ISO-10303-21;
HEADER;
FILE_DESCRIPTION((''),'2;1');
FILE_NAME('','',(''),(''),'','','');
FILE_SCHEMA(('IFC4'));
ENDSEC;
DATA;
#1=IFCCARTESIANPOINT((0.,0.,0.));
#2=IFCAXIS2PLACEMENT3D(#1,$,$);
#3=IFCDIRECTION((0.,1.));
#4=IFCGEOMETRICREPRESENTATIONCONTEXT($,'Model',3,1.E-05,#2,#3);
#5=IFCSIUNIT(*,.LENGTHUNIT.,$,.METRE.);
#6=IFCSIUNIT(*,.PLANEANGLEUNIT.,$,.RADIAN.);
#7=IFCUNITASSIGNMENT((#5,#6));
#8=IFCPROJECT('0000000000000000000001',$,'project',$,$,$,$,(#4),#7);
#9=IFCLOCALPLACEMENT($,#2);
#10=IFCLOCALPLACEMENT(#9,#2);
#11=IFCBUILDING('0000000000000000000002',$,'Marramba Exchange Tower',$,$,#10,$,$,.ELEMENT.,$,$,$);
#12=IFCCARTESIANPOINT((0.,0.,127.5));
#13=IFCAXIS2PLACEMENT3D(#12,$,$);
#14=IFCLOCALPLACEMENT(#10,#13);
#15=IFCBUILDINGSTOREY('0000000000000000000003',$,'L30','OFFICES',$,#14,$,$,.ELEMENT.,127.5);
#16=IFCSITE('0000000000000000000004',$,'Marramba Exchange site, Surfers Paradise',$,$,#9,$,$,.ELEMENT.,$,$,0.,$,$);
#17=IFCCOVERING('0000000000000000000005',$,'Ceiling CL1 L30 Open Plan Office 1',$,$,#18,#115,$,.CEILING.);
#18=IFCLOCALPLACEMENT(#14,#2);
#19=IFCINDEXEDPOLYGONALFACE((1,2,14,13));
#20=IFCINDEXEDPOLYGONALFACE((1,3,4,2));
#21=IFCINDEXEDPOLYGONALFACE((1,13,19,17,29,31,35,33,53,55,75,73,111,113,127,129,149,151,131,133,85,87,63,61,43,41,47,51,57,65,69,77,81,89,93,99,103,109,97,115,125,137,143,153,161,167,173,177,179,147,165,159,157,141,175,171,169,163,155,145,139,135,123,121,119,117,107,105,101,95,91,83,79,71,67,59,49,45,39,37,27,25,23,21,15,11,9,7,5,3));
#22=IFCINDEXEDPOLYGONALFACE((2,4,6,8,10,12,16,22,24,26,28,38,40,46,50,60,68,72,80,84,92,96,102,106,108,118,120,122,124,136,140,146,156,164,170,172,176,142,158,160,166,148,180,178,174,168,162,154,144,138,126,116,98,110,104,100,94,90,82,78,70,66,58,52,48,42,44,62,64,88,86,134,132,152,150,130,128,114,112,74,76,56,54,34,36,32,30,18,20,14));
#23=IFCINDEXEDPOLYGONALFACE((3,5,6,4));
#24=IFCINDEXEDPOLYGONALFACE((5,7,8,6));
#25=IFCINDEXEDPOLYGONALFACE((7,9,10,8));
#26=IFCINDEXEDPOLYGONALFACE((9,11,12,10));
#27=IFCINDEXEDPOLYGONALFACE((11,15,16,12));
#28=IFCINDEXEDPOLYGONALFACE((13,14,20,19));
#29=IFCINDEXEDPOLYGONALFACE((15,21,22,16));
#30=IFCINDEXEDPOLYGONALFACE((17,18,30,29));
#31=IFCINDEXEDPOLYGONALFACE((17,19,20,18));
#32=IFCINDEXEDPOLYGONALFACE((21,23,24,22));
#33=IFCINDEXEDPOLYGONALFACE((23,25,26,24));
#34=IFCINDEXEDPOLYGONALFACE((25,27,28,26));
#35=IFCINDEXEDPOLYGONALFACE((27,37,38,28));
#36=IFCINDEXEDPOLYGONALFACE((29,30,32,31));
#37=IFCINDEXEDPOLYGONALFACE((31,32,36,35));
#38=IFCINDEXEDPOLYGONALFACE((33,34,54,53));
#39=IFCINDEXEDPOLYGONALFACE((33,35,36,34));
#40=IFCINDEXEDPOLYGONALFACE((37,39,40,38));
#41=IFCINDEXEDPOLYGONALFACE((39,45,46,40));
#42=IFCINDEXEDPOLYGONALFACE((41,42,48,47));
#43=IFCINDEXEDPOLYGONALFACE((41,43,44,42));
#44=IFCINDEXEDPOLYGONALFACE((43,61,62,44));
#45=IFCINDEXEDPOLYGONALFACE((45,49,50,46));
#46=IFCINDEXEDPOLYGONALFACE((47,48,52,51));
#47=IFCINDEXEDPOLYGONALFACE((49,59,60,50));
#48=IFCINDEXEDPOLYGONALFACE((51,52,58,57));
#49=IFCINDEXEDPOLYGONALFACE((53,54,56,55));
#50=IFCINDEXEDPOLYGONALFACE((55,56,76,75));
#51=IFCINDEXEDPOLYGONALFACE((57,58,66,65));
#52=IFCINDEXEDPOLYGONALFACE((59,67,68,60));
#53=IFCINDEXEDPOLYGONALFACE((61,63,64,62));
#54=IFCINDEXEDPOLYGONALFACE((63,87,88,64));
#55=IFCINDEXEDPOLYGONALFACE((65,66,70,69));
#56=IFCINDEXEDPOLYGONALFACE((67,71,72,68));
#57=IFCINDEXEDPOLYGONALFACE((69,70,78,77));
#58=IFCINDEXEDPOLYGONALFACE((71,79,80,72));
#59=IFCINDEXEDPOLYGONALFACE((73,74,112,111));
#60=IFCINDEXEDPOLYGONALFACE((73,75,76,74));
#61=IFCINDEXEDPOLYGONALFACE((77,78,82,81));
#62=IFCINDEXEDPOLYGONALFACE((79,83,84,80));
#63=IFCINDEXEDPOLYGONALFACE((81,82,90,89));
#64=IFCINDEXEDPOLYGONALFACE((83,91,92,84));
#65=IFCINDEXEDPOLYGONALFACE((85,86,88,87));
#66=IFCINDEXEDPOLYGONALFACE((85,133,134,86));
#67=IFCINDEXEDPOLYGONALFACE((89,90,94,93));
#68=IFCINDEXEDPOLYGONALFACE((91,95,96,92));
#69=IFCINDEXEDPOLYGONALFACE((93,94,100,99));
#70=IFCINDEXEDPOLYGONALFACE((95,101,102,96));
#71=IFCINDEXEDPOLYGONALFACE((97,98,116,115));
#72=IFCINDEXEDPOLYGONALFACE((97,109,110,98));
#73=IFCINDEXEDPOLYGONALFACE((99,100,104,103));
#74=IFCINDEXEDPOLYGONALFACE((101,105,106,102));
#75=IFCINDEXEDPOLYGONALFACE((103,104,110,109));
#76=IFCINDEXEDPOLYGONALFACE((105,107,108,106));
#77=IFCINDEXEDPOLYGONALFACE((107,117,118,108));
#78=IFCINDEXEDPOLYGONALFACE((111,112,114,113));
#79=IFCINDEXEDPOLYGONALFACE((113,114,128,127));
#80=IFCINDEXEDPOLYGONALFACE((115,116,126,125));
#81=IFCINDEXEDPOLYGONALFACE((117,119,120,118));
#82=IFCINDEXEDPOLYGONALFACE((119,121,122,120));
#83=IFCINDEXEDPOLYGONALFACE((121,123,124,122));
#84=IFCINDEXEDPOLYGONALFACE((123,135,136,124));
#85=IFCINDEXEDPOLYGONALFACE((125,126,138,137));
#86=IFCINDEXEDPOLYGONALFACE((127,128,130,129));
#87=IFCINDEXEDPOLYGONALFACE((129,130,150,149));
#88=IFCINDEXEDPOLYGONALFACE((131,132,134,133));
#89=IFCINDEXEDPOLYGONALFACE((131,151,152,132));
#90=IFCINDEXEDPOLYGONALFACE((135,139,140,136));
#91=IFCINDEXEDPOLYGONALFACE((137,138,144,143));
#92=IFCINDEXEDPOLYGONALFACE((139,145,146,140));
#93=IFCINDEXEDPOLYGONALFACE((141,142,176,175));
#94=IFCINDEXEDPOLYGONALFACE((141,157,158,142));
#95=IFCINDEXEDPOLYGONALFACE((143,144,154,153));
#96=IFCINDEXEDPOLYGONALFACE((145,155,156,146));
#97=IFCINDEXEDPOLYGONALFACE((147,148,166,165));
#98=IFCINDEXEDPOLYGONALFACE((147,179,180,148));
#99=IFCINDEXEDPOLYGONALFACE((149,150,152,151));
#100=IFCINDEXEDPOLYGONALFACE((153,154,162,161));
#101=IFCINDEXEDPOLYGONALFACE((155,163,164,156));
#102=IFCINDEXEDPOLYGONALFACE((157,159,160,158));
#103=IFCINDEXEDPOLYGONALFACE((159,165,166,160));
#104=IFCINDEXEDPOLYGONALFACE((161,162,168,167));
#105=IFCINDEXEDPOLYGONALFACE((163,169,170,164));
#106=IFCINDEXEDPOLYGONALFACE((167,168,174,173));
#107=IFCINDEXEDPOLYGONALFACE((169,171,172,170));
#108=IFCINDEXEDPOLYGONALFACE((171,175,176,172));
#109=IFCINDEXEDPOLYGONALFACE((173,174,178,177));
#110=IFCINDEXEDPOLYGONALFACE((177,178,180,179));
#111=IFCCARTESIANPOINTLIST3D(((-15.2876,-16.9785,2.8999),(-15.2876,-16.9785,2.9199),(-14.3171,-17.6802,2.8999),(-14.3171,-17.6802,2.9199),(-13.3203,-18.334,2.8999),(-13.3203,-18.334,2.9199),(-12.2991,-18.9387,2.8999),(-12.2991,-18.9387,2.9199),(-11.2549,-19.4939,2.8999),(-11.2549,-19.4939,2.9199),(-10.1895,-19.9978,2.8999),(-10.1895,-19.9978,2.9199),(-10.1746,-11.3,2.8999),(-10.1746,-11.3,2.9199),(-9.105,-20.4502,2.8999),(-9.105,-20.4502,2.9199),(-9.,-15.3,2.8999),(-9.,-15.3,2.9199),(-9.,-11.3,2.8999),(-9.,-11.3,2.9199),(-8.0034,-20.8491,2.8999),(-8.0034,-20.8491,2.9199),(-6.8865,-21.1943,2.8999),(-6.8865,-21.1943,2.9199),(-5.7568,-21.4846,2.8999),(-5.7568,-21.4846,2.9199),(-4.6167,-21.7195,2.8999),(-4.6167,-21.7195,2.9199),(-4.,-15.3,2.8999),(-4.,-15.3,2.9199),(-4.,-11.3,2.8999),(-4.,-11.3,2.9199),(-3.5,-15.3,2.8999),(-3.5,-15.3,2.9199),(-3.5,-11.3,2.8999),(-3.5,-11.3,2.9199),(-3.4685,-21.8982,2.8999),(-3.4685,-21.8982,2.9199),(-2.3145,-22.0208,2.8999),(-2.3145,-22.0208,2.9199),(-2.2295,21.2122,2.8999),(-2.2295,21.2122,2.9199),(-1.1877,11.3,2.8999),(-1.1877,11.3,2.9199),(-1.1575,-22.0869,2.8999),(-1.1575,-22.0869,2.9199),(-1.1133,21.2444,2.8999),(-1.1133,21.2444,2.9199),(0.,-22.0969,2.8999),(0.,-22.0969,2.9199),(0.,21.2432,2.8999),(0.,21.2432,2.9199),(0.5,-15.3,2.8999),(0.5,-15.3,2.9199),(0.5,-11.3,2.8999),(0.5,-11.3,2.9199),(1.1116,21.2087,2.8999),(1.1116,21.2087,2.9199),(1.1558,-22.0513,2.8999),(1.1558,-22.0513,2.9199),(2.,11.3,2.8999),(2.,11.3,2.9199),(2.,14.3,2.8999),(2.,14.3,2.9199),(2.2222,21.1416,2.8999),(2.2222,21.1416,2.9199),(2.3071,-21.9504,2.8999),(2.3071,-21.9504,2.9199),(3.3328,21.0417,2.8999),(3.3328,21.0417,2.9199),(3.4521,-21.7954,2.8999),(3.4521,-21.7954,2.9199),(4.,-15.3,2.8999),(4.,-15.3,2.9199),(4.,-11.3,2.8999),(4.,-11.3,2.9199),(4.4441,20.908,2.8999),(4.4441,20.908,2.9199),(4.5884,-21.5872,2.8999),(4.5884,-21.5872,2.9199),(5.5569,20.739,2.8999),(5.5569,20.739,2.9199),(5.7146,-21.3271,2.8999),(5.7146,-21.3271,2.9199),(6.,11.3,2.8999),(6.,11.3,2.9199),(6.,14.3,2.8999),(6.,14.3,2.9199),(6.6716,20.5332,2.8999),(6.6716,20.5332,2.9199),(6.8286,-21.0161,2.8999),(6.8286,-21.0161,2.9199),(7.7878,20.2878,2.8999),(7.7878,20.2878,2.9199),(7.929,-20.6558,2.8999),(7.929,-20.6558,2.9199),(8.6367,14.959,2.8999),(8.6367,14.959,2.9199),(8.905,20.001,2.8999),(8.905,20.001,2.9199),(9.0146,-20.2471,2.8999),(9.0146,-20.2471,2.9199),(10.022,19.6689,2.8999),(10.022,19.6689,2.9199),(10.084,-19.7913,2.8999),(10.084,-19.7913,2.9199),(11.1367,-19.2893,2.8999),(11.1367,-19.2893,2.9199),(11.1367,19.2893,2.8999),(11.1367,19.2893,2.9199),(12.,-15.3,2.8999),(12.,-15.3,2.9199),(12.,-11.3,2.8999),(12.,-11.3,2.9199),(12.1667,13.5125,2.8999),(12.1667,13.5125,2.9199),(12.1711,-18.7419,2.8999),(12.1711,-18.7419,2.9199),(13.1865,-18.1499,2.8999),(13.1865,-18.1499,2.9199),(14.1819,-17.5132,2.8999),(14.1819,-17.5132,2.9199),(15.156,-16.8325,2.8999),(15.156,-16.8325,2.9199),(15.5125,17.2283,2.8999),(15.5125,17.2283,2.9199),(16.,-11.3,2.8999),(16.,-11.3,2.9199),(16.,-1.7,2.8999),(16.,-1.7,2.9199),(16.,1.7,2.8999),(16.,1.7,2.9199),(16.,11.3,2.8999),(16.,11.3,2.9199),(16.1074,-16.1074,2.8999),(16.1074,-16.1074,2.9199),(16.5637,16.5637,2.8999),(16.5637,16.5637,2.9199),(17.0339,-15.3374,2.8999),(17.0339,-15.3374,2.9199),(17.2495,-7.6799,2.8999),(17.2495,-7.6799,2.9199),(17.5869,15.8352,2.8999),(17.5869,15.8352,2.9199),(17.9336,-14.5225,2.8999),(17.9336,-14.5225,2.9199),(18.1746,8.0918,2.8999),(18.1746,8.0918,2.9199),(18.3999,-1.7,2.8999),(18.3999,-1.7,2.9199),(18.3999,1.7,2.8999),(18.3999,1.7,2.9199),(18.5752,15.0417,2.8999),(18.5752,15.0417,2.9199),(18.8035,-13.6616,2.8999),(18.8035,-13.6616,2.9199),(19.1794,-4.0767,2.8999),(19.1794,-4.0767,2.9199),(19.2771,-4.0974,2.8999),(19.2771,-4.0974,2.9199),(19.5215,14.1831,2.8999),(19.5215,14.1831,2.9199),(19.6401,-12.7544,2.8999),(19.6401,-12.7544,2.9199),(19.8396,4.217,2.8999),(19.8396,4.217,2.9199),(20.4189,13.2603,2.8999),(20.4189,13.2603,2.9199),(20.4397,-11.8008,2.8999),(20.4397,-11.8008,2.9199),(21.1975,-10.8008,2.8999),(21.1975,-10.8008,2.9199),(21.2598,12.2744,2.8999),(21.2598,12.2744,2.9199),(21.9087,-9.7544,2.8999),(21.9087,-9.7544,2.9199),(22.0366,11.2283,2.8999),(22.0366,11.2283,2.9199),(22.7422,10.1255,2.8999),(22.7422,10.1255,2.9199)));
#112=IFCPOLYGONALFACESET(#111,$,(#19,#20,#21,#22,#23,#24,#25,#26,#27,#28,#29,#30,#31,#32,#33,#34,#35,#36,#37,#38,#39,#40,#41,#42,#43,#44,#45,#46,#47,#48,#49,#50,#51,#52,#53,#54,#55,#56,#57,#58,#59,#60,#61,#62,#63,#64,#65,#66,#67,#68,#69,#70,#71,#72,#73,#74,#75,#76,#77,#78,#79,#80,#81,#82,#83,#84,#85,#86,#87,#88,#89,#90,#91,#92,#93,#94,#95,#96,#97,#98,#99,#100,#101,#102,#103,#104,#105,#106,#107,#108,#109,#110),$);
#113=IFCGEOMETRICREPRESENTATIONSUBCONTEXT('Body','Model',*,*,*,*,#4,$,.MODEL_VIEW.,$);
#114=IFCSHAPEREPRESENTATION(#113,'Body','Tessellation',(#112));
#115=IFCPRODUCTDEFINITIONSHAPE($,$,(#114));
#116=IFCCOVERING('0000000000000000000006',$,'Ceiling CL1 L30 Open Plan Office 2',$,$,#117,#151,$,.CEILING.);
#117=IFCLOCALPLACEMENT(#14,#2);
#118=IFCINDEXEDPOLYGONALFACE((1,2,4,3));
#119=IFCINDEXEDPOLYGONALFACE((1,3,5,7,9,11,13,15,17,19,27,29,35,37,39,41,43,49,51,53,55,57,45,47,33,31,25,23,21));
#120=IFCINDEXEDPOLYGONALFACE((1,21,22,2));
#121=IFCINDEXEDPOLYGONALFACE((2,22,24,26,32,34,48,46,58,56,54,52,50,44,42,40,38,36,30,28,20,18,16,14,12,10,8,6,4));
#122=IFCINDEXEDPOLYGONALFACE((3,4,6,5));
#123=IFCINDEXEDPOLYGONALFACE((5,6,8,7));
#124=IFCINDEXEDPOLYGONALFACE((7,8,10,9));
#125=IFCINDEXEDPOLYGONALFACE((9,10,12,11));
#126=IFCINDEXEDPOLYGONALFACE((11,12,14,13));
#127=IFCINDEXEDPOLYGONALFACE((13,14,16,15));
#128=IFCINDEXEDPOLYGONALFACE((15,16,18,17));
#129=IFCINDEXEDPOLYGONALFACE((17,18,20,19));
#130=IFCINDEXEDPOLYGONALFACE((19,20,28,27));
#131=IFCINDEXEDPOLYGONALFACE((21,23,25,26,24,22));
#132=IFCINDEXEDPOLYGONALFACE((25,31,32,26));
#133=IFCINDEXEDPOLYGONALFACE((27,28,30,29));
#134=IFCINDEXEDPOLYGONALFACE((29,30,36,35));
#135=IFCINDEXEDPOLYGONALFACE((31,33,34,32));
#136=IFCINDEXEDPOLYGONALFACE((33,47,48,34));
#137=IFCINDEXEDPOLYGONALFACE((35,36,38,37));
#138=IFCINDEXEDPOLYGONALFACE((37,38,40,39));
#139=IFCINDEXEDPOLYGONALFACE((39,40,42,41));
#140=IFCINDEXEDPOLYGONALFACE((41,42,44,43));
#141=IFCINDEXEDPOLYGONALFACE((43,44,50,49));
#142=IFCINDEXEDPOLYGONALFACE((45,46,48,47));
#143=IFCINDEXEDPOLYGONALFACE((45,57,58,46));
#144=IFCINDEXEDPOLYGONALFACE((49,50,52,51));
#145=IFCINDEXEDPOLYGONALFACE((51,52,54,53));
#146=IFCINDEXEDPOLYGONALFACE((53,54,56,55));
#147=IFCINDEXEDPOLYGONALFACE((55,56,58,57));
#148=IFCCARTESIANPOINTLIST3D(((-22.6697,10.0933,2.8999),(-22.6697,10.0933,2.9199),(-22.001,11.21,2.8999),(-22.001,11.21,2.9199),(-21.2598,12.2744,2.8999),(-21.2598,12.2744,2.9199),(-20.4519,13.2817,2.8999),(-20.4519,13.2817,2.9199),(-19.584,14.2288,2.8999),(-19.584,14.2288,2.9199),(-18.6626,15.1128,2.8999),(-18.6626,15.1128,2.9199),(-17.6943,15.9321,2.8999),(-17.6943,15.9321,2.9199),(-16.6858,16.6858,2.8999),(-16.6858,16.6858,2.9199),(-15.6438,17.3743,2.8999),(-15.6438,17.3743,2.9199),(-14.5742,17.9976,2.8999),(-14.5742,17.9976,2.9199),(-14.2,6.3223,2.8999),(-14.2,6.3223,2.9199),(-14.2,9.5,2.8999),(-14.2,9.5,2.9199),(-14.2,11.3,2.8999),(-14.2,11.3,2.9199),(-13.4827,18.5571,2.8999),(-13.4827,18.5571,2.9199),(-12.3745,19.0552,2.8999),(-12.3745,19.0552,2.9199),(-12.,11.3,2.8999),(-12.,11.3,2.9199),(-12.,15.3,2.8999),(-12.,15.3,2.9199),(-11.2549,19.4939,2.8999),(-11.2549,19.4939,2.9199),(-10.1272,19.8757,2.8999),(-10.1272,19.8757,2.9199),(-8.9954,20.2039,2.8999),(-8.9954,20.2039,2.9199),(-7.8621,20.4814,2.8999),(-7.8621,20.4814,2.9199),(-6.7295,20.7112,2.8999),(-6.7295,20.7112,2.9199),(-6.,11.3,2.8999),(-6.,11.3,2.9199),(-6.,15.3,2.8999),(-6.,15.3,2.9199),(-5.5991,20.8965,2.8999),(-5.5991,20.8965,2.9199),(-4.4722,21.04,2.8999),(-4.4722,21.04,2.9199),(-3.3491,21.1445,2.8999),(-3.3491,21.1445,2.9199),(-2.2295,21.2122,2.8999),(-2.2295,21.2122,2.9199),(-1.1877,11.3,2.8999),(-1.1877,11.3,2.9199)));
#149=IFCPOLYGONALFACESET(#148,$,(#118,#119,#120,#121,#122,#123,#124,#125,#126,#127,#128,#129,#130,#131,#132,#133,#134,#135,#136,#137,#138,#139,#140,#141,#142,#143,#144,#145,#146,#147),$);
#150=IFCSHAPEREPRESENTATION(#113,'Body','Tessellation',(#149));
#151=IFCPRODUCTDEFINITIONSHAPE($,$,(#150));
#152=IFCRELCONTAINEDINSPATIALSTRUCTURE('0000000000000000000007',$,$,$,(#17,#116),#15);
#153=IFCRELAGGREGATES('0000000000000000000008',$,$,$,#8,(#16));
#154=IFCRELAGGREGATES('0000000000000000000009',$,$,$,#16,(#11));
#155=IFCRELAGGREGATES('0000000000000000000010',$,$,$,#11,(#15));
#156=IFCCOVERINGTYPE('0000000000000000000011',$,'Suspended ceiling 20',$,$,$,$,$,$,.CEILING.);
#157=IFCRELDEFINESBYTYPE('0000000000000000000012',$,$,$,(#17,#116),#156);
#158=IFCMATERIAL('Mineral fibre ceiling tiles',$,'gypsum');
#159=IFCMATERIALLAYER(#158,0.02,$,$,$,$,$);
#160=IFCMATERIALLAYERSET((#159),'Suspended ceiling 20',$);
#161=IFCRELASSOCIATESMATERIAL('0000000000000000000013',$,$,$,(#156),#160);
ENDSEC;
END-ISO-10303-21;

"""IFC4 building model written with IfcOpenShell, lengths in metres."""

from ifc_helpers import new_model, si_unit, direction, frame, origin, place, context, subcontext, project, spatial, polyline, outline, extrude, material, layer, layer_set, type_object, element, save


model = new_model("IFC4")

# Units and contexts
model_context = context("Model", 3, precision=1e-05, world=origin(), true_north=direction((0.0, 1.0)))
body_context = subcontext(model_context, "Body", "Model", "MODEL_VIEW")
ifc_project = project(units=[si_unit("LENGTHUNIT", "METRE"), si_unit("PLANEANGLEUNIT", "RADIAN")], contexts=[model_context])

# Site, building, storey
site_placement = place(None, origin())
site = spatial("IfcSite", under=ifc_project, at=site_placement, Name="Marramba Exchange site, Surfers Paradise", CompositionType="ELEMENT", RefElevation=0.0)
building_placement = place(site_placement, origin())
building = spatial("IfcBuilding", under=site, at=building_placement, Name="Marramba Exchange Tower", CompositionType="ELEMENT")
storey_placement = place(building_placement, frame((0.0, 0.0, 127.5)))
storey = spatial("IfcBuildingStorey", under=building, at=storey_placement, Name="L30", Description="OFFICES", CompositionType="ELEMENT", Elevation=127.5)

# Coverings
ifc_material_1 = material(Name="Mineral fibre ceiling tiles", Category="gypsum")
ifc_layer_1 = layer(ifc_material_1, 0.02)
ifc_layer_set_1 = layer_set([ifc_layer_1], Name="Suspended ceiling 20")
covering_type = type_object("IfcCoveringType", Name="Suspended ceiling 20", PredefinedType="CEILING", material=ifc_layer_set_1)
covering_1_placement = place(storey_placement, frame((0.0, 0.0, 2.8999)))
element("IfcCovering", 1, at=covering_1_placement, inside=storey, type_object=covering_type, Name="Ceiling CL1 L30 Open Plan Office 1", PredefinedType="CEILING", context=body_context, shape_type="SweptSolid", body=[
    extrude(outline(polyline([(16.0, -1.7), (18.3999, -1.7), (18.3999, 1.7), (16.0, 1.7), (16.0, 11.3), (6.0, 11.3), (6.0, 14.3), (2.0, 14.3), (2.0, 11.3), (-1.1877, 11.3), (-2.2295, 21.2122), (-1.1133, 21.2444), (0.0, 21.2432), (1.1116, 21.2087), (2.2222, 21.1416), (3.3328, 21.0417), (4.4441, 20.908), (5.5569, 20.739), (6.6716, 20.5332), (7.7878, 20.2878), (8.905, 20.001), (10.022, 19.6689), (11.1367, 19.2893), (8.6367, 14.959), (12.1667, 13.5125), (15.5125, 17.2283), (16.5637, 16.5637), (17.5869, 15.8352), (18.5752, 15.0417), (19.5215, 14.1831), (20.4189, 13.2603), (21.2598, 12.2744), (22.0366, 11.2283), (22.7422, 10.1255), (18.1746, 8.0918), (19.8396, 4.217), (19.2771, -4.0974), (19.1794, -4.0767), (17.2495, -7.6799), (21.9087, -9.7544), (21.1975, -10.8008), (20.4397, -11.8008), (19.6401, -12.7544), (18.8035, -13.6616), (17.9336, -14.5225), (17.0339, -15.3374), (16.1074, -16.1074), (15.156, -16.8325), (14.1819, -17.5132), (13.1865, -18.1499), (12.1711, -18.7419), (11.1367, -19.2893), (10.084, -19.7913), (9.0146, -20.2471), (7.929, -20.6558), (6.8286, -21.0161), (5.7146, -21.3271), (4.5884, -21.5872), (3.4521, -21.7954), (2.3071, -21.9504), (1.1558, -22.0513), (0.0, -22.0969), (-1.1575, -22.0869), (-2.3145, -22.0208), (-3.4685, -21.8982), (-4.6167, -21.7195), (-5.7568, -21.4846), (-6.8865, -21.1943), (-8.0034, -20.8491), (-9.105, -20.4502), (-10.1895, -19.9978), (-11.2549, -19.4939), (-12.2991, -18.9387), (-13.3203, -18.334), (-14.3171, -17.6802), (-15.2876, -16.9785), (-10.1746, -11.3), (-9.0, -11.3), (-9.0, -15.3), (-4.0, -15.3), (-4.0, -11.3), (-3.5, -11.3), (-3.5, -15.3), (0.5, -15.3), (0.5, -11.3), (4.0, -11.3), (4.0, -15.3), (12.0, -15.3), (12.0, -11.3), (16.0, -11.3), (16.0, -1.7)])), origin(), (0.0, 0.0, 1.0), 0.02),
])
covering_2_placement = place(storey_placement, frame((0.0, 0.0, 2.8999)))
element("IfcCovering", 2, at=covering_2_placement, inside=storey, type_object=covering_type, Name="Ceiling CL1 L30 Open Plan Office 2", PredefinedType="CEILING", context=body_context, shape_type="SweptSolid", body=[
    extrude(outline(polyline([(-21.2598, 12.2744), (-20.4519, 13.2817), (-19.584, 14.2288), (-18.6626, 15.1128), (-17.6943, 15.9321), (-16.6858, 16.6858), (-15.6438, 17.3743), (-14.5742, 17.9976), (-13.4827, 18.5571), (-12.3745, 19.0552), (-11.2549, 19.4939), (-10.1272, 19.8757), (-8.9954, 20.2039), (-7.8621, 20.4814), (-6.7295, 20.7112), (-5.5991, 20.8965), (-4.4722, 21.04), (-3.3491, 21.1445), (-2.2295, 21.2122), (-1.1877, 11.3), (-6.0, 11.3), (-6.0, 15.3), (-12.0, 15.3), (-12.0, 11.3), (-14.2, 11.3), (-14.2, 9.5), (-14.2, 6.3223), (-22.6697, 10.0933), (-22.001, 11.21), (-21.2598, 12.2744)])), origin(), (0.0, 0.0, 1.0), 0.02),
])

save(model, "model.ifc")
